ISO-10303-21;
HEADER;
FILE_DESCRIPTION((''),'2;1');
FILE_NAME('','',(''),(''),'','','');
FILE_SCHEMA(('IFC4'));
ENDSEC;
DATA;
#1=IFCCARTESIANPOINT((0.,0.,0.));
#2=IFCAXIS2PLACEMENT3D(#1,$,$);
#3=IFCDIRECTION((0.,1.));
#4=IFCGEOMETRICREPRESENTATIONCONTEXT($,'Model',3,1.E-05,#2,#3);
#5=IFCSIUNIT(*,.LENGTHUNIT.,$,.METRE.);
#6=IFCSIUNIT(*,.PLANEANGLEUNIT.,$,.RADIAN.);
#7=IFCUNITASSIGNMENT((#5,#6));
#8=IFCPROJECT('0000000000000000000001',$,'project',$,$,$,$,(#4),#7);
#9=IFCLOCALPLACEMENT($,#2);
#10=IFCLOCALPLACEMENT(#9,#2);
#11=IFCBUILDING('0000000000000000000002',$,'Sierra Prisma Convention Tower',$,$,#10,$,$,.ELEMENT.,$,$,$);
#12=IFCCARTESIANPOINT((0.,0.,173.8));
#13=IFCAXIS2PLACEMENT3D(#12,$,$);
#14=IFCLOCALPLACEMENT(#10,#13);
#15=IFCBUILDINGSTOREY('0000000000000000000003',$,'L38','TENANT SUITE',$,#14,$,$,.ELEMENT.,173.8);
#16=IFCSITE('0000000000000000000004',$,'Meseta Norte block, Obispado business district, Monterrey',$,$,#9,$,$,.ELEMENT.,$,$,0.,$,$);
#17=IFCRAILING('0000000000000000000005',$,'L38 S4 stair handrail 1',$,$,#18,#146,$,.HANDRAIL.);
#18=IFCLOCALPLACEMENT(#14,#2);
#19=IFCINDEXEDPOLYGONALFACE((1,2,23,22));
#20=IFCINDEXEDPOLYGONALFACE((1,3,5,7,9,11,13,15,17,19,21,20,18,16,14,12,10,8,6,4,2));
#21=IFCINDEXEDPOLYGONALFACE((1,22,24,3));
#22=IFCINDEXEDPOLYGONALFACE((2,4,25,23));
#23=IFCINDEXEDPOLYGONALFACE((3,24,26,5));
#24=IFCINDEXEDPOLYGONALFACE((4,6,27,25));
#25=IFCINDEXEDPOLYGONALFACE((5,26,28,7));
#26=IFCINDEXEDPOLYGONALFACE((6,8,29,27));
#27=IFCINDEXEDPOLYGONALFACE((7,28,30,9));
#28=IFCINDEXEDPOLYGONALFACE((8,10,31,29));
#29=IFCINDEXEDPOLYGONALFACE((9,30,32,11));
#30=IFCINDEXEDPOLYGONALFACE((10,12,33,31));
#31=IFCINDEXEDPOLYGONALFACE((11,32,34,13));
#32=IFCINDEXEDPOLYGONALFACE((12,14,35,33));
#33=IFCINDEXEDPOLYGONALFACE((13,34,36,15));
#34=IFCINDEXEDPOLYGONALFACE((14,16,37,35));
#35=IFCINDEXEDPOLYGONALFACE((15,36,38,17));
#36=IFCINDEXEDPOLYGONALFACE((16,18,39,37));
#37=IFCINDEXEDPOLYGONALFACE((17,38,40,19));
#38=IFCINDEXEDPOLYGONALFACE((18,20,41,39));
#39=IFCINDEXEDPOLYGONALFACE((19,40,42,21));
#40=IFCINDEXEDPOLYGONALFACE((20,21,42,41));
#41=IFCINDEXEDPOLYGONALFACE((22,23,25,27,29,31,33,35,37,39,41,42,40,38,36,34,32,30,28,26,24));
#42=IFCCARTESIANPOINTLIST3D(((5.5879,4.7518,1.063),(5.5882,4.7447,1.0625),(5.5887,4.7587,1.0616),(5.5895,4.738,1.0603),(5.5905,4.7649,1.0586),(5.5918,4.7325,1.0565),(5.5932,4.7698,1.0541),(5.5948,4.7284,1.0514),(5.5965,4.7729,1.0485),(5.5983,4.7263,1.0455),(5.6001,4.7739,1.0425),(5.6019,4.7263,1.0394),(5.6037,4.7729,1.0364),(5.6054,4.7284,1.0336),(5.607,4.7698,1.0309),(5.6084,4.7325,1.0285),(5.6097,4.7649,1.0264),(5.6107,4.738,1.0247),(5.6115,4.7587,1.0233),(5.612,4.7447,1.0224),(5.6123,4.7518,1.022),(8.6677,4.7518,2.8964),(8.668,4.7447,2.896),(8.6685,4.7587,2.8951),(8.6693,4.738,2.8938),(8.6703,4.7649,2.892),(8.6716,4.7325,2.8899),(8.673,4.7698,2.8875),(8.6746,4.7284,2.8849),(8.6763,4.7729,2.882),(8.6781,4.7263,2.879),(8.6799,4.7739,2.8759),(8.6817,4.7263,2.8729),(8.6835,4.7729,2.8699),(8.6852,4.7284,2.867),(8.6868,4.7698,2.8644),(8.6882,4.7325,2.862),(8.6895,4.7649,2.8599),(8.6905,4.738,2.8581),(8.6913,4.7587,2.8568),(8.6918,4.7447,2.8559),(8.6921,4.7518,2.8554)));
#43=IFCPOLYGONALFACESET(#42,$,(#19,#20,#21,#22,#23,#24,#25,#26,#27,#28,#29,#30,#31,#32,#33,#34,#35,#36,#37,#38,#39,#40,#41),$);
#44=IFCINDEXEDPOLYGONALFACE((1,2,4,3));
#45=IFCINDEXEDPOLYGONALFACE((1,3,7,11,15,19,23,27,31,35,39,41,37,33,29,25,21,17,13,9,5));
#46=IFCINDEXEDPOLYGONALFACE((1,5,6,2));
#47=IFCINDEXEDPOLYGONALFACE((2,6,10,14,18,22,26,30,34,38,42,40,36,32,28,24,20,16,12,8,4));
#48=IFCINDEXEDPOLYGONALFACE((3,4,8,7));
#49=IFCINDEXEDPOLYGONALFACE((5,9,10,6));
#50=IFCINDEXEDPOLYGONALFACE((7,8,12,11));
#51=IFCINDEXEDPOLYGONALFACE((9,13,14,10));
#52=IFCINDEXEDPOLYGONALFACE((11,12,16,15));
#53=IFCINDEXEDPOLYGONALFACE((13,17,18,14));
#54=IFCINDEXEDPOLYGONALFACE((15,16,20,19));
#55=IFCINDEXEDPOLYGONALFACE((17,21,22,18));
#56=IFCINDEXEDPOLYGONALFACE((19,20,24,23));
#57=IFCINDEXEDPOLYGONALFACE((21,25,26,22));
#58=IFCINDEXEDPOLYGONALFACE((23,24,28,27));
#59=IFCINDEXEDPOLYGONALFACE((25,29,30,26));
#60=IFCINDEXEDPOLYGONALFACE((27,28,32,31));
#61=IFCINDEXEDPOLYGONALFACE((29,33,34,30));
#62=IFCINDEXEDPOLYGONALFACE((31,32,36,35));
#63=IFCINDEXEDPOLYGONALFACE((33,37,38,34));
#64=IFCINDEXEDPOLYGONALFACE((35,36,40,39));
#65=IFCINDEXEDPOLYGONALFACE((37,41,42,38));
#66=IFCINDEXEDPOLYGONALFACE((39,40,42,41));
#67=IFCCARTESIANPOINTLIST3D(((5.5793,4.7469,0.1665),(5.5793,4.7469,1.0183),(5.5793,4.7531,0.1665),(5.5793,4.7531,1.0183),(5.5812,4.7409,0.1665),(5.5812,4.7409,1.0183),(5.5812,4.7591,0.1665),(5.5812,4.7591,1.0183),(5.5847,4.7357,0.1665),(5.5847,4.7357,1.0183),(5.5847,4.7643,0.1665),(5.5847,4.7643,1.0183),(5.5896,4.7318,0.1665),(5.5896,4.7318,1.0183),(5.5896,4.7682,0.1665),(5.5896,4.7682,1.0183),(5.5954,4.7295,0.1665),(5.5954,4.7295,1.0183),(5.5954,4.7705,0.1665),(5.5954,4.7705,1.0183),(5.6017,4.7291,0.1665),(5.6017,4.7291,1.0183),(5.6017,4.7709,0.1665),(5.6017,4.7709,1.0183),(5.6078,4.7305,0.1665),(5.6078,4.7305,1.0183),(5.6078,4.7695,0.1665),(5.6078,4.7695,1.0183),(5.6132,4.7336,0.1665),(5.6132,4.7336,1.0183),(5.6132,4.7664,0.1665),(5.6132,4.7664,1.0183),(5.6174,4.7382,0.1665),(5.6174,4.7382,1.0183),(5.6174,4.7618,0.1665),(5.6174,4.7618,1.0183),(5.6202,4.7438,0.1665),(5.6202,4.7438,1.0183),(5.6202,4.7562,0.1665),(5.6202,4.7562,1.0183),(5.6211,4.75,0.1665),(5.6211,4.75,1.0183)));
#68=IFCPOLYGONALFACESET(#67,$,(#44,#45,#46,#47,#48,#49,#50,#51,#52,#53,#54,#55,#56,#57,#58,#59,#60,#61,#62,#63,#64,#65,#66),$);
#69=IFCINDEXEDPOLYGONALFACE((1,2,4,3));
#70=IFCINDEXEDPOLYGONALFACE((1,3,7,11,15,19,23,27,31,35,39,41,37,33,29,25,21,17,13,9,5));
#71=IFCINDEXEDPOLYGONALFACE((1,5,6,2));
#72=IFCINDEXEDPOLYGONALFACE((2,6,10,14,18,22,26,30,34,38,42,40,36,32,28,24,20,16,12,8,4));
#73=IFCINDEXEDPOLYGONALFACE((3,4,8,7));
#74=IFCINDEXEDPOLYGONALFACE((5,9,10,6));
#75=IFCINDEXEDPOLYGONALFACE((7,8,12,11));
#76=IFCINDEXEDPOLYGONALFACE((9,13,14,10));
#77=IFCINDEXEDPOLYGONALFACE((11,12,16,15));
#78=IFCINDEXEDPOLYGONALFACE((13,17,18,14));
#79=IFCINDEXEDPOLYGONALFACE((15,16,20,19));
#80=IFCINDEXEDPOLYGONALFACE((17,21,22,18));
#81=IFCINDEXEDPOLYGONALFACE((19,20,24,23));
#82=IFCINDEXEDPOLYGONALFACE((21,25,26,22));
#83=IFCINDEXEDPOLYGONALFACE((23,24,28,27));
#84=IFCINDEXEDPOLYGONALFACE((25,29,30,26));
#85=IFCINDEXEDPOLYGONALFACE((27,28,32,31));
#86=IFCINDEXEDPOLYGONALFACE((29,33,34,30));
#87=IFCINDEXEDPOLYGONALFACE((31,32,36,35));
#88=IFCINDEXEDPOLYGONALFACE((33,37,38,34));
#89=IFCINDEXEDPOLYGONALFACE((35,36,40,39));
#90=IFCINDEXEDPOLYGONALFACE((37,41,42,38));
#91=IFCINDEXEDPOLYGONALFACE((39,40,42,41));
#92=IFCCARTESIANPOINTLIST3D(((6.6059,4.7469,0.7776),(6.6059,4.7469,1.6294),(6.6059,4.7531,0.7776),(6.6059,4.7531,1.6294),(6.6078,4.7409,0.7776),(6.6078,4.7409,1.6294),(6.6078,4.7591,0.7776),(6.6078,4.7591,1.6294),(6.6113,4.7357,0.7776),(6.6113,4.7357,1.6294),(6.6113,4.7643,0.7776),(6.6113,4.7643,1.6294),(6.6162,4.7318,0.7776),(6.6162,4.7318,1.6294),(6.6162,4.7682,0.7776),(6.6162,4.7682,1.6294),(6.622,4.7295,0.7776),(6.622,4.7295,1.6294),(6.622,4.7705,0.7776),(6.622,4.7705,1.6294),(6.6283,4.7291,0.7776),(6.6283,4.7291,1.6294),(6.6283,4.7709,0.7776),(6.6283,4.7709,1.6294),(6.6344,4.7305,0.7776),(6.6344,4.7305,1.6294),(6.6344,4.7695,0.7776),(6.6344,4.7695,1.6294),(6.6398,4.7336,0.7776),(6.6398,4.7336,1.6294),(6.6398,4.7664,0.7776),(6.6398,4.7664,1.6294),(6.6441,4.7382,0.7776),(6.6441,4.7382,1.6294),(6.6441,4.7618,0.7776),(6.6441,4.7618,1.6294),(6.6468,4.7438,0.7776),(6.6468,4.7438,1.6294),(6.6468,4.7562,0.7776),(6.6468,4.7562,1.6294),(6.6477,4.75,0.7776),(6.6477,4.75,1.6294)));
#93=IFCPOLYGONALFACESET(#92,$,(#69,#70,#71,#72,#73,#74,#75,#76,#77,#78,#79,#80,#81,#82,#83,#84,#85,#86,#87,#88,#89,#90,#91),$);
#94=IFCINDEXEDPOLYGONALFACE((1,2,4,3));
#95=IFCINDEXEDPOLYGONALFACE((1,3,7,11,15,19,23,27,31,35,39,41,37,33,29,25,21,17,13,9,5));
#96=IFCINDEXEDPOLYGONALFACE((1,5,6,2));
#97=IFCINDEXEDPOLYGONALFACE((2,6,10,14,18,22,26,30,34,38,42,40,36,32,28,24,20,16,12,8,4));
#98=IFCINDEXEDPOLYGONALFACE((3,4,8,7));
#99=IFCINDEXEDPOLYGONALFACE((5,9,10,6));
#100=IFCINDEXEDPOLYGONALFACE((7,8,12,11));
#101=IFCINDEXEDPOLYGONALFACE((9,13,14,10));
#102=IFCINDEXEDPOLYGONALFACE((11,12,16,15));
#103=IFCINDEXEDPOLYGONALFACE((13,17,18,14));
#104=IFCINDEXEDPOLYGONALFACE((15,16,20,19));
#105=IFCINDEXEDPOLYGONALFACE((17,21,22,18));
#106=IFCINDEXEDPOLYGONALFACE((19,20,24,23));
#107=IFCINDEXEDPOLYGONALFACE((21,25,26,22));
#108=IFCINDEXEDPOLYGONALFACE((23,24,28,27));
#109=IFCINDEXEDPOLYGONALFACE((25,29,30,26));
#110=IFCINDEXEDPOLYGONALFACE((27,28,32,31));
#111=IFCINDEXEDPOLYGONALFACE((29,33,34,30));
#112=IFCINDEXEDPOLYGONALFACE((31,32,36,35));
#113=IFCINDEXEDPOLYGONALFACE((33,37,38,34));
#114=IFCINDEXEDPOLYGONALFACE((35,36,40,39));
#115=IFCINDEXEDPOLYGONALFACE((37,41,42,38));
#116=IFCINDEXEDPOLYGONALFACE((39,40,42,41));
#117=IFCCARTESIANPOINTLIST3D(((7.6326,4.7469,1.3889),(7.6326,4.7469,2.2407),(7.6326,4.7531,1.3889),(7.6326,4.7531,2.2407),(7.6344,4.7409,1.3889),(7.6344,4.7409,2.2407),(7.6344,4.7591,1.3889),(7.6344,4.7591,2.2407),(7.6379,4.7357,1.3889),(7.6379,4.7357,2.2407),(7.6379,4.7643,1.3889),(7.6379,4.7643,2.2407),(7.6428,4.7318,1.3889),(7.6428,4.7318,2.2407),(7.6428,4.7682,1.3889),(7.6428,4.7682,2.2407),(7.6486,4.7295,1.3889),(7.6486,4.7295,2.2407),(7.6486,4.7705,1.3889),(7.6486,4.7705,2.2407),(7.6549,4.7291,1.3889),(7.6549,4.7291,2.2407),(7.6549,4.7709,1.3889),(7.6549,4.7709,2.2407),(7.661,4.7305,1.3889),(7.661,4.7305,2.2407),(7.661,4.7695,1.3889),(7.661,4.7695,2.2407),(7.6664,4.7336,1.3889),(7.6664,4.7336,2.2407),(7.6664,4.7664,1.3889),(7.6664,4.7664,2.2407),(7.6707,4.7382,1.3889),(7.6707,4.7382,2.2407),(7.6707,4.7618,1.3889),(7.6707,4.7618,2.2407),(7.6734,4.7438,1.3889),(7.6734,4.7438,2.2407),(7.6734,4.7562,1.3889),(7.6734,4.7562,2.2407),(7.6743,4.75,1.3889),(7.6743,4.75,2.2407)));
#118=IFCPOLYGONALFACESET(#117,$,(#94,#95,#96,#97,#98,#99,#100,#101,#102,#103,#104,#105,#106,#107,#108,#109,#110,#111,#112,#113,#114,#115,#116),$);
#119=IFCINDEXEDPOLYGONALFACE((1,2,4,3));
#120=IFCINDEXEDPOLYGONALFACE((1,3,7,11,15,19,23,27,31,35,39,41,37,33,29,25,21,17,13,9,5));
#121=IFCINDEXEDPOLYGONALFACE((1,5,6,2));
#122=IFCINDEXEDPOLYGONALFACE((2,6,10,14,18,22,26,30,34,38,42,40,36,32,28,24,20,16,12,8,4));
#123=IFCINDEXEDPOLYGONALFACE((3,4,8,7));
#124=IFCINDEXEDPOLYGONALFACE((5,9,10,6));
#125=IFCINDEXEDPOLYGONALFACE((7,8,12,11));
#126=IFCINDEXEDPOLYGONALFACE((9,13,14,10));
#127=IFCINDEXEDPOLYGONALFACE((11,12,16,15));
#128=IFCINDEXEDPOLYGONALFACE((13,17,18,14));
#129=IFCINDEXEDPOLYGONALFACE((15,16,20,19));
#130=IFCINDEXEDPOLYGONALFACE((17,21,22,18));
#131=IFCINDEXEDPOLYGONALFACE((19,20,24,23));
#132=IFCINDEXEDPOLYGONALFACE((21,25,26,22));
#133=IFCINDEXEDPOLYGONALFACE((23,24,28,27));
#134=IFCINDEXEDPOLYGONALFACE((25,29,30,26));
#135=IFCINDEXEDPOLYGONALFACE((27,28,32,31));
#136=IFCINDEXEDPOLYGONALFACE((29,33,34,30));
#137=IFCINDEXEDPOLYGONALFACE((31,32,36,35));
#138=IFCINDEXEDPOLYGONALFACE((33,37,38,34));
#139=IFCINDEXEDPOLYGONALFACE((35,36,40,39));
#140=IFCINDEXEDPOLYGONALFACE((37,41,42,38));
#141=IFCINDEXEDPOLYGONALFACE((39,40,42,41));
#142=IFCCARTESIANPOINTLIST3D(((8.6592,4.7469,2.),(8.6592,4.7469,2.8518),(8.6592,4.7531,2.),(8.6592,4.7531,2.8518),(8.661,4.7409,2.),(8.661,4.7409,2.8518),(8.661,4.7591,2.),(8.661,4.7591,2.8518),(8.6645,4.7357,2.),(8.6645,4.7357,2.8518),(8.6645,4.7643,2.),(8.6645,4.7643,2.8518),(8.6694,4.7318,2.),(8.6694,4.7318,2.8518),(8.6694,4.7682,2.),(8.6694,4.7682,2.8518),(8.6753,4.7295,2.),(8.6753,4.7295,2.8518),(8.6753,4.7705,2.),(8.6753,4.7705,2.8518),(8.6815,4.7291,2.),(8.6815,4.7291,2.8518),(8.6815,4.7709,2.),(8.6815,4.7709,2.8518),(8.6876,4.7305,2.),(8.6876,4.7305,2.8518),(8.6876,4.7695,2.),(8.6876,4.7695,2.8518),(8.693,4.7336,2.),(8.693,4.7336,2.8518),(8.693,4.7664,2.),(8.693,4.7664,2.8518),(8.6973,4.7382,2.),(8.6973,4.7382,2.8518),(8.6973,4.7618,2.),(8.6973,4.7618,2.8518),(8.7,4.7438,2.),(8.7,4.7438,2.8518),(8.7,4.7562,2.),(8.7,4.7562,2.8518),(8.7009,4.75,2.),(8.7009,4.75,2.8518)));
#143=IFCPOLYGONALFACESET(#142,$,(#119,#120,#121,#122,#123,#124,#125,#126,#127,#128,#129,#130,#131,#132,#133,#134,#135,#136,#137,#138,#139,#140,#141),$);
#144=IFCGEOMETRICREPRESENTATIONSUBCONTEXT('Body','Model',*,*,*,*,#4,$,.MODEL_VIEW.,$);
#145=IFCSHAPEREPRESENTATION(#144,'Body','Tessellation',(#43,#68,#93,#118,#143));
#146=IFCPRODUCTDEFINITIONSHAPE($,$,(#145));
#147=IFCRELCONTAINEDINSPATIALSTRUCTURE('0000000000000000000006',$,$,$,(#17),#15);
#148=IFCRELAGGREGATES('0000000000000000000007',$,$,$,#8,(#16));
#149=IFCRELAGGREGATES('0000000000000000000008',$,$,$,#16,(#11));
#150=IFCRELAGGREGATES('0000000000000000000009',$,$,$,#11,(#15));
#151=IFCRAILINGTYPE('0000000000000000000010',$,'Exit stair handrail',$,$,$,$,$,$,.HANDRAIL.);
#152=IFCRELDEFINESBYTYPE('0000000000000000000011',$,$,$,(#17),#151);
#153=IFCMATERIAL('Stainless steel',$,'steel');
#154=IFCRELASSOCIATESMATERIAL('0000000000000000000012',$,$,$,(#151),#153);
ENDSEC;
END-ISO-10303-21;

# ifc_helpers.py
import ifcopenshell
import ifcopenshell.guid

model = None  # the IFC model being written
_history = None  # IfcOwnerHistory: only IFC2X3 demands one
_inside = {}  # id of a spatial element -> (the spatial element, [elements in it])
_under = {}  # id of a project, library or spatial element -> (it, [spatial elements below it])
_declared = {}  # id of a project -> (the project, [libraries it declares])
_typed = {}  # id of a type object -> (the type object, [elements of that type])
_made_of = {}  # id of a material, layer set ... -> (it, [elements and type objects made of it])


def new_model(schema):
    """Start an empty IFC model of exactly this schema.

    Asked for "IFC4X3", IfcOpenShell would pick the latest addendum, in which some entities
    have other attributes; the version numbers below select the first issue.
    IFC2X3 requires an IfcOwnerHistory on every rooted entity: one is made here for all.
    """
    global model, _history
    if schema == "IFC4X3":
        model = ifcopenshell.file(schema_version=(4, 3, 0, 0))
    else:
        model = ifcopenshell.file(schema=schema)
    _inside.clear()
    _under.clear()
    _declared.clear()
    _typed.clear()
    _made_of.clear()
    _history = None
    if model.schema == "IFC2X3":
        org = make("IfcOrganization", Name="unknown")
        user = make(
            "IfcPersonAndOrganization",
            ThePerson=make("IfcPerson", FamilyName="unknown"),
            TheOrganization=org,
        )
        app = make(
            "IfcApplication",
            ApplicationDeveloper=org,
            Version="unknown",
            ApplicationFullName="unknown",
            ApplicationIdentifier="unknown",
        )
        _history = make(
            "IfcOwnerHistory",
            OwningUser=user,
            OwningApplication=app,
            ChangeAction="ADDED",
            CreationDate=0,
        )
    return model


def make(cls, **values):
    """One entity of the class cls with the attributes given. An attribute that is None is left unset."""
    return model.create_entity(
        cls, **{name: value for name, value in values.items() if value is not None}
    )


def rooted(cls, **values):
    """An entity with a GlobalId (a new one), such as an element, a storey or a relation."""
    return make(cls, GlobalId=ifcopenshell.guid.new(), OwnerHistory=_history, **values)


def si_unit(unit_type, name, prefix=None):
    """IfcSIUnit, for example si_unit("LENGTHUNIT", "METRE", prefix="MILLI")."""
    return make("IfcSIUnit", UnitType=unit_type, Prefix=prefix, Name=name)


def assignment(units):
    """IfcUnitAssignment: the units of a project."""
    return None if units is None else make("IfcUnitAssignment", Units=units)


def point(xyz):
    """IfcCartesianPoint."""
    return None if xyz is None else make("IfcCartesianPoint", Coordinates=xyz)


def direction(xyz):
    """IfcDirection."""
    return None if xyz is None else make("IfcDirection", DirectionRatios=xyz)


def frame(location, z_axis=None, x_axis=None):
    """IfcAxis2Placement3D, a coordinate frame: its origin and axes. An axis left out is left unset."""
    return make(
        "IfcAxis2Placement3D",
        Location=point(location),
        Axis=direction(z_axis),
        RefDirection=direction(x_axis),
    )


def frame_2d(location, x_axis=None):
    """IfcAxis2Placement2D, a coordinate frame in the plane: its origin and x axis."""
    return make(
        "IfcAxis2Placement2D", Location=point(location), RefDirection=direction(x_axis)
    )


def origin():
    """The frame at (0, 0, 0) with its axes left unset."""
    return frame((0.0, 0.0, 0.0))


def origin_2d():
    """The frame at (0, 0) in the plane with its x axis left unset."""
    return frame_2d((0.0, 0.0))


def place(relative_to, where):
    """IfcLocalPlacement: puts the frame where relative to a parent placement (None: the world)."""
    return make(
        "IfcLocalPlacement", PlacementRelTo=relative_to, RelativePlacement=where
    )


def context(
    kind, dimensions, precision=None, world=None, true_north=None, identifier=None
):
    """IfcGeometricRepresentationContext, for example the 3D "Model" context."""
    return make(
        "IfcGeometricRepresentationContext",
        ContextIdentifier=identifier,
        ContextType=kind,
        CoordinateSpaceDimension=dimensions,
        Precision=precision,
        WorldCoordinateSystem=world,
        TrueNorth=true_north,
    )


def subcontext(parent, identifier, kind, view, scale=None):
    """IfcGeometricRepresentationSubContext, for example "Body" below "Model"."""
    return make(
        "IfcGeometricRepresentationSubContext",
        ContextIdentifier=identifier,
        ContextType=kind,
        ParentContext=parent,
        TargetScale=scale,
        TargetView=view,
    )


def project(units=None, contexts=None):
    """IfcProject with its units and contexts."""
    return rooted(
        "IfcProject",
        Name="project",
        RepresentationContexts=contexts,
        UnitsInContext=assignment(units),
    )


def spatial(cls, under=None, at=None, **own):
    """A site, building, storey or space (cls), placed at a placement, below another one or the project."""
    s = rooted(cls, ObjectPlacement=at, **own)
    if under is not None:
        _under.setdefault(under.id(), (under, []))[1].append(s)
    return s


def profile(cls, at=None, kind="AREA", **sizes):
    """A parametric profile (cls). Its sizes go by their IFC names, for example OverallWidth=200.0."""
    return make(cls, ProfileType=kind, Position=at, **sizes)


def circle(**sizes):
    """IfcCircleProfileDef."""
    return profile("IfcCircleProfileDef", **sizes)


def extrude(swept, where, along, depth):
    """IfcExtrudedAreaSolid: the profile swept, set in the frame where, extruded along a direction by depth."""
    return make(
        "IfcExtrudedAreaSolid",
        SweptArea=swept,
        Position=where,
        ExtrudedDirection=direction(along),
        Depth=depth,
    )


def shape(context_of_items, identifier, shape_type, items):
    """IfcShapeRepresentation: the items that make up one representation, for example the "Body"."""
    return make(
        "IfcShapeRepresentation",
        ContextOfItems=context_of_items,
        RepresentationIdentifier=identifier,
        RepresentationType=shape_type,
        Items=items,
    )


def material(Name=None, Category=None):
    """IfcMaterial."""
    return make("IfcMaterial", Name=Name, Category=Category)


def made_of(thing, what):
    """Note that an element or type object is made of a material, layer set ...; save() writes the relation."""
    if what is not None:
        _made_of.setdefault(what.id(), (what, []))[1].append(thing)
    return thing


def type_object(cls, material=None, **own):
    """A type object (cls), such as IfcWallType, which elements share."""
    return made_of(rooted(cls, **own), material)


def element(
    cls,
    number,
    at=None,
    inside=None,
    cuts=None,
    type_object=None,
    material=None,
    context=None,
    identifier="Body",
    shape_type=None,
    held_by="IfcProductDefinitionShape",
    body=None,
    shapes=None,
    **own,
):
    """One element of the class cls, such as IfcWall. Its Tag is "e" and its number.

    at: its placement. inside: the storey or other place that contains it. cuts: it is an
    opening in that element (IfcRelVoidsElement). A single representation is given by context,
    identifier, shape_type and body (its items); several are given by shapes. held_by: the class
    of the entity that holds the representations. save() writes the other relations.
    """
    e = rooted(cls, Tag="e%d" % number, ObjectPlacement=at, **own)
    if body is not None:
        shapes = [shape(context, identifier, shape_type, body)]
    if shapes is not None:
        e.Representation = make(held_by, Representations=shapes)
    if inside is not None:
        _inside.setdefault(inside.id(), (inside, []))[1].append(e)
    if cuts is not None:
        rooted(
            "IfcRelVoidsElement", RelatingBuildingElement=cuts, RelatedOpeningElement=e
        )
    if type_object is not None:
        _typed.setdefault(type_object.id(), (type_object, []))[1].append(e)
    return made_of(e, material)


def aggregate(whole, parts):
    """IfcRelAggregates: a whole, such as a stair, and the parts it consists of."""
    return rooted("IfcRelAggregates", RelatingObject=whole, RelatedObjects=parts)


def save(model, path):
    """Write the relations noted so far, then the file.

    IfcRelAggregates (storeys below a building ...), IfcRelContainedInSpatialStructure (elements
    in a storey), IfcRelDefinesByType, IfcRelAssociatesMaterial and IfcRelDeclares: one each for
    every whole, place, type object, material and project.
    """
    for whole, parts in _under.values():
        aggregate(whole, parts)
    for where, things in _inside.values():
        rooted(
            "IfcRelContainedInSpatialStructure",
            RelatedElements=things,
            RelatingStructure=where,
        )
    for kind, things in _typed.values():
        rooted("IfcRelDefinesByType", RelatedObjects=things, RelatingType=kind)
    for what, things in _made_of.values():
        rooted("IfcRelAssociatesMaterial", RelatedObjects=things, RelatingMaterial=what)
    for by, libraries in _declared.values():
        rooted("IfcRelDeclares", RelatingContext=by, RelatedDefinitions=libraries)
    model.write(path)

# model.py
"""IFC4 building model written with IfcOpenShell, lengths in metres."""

from ifc_helpers import new_model, si_unit, direction, frame, origin, origin_2d, place, context, subcontext, project, spatial, circle, extrude, material, type_object, element, save


model = new_model("IFC4")

# Units and contexts
model_context = context("Model", 3, precision=1e-05, world=origin(), true_north=direction((0.0, 1.0)))
body_context = subcontext(model_context, "Body", "Model", "MODEL_VIEW")
ifc_project = project(units=[si_unit("LENGTHUNIT", "METRE"), si_unit("PLANEANGLEUNIT", "RADIAN")], contexts=[model_context])

# Site, building, storey
site_placement = place(None, origin())
site = spatial("IfcSite", under=ifc_project, at=site_placement, Name="Meseta Norte block, Obispado business district, Monterrey", CompositionType="ELEMENT", RefElevation=0.0)
building_placement = place(site_placement, origin())
building = spatial("IfcBuilding", under=site, at=building_placement, Name="Sierra Prisma Convention Tower", CompositionType="ELEMENT")
storey_placement = place(building_placement, frame((0.0, 0.0, 173.8)))
storey = spatial("IfcBuildingStorey", under=building, at=storey_placement, Name="L38", Description="TENANT SUITE", CompositionType="ELEMENT", Elevation=173.8)

# Railing
ifc_material_1 = material(Name="Stainless steel", Category="steel")
railing_type_1 = type_object("IfcRailingType", Name="Exit stair handrail", PredefinedType="HANDRAIL", material=ifc_material_1)
railing_1_placement = place(storey_placement, frame((5.6001, 4.75, 0.1665)))
element("IfcRailing", 1, at=railing_1_placement, inside=storey, type_object=railing_type_1, Name="L38 S4 stair handrail 1", PredefinedType="HANDRAIL", context=body_context, shape_type="SweptSolid", body=[
    extrude(circle(Radius=0.0239, at=origin_2d()), frame((0.0, 0.0, 0.876), z_axis=(0.859261, 0.0, 0.511538), x_axis=(0.0, 1.0, 0.0)), (0.0, 0.0, 1.0), 3.5842),
    extrude(circle(Radius=0.021, at=origin_2d()), origin(), (0.0, 0.0, 1.0), 0.8518),
    extrude(circle(Radius=0.021, at=origin_2d()), frame((1.0266, 0.0, 0.6111)), (0.0, 0.0, 1.0), 0.8518),
    extrude(circle(Radius=0.021, at=origin_2d()), frame((2.0532, 0.0, 1.2224)), (0.0, 0.0, 1.0), 0.8518),
    extrude(circle(Radius=0.021, at=origin_2d()), frame((3.0798, 0.0, 1.8335)), (0.0, 0.0, 1.0), 0.8518),
])

save(model, "model.ifc")
